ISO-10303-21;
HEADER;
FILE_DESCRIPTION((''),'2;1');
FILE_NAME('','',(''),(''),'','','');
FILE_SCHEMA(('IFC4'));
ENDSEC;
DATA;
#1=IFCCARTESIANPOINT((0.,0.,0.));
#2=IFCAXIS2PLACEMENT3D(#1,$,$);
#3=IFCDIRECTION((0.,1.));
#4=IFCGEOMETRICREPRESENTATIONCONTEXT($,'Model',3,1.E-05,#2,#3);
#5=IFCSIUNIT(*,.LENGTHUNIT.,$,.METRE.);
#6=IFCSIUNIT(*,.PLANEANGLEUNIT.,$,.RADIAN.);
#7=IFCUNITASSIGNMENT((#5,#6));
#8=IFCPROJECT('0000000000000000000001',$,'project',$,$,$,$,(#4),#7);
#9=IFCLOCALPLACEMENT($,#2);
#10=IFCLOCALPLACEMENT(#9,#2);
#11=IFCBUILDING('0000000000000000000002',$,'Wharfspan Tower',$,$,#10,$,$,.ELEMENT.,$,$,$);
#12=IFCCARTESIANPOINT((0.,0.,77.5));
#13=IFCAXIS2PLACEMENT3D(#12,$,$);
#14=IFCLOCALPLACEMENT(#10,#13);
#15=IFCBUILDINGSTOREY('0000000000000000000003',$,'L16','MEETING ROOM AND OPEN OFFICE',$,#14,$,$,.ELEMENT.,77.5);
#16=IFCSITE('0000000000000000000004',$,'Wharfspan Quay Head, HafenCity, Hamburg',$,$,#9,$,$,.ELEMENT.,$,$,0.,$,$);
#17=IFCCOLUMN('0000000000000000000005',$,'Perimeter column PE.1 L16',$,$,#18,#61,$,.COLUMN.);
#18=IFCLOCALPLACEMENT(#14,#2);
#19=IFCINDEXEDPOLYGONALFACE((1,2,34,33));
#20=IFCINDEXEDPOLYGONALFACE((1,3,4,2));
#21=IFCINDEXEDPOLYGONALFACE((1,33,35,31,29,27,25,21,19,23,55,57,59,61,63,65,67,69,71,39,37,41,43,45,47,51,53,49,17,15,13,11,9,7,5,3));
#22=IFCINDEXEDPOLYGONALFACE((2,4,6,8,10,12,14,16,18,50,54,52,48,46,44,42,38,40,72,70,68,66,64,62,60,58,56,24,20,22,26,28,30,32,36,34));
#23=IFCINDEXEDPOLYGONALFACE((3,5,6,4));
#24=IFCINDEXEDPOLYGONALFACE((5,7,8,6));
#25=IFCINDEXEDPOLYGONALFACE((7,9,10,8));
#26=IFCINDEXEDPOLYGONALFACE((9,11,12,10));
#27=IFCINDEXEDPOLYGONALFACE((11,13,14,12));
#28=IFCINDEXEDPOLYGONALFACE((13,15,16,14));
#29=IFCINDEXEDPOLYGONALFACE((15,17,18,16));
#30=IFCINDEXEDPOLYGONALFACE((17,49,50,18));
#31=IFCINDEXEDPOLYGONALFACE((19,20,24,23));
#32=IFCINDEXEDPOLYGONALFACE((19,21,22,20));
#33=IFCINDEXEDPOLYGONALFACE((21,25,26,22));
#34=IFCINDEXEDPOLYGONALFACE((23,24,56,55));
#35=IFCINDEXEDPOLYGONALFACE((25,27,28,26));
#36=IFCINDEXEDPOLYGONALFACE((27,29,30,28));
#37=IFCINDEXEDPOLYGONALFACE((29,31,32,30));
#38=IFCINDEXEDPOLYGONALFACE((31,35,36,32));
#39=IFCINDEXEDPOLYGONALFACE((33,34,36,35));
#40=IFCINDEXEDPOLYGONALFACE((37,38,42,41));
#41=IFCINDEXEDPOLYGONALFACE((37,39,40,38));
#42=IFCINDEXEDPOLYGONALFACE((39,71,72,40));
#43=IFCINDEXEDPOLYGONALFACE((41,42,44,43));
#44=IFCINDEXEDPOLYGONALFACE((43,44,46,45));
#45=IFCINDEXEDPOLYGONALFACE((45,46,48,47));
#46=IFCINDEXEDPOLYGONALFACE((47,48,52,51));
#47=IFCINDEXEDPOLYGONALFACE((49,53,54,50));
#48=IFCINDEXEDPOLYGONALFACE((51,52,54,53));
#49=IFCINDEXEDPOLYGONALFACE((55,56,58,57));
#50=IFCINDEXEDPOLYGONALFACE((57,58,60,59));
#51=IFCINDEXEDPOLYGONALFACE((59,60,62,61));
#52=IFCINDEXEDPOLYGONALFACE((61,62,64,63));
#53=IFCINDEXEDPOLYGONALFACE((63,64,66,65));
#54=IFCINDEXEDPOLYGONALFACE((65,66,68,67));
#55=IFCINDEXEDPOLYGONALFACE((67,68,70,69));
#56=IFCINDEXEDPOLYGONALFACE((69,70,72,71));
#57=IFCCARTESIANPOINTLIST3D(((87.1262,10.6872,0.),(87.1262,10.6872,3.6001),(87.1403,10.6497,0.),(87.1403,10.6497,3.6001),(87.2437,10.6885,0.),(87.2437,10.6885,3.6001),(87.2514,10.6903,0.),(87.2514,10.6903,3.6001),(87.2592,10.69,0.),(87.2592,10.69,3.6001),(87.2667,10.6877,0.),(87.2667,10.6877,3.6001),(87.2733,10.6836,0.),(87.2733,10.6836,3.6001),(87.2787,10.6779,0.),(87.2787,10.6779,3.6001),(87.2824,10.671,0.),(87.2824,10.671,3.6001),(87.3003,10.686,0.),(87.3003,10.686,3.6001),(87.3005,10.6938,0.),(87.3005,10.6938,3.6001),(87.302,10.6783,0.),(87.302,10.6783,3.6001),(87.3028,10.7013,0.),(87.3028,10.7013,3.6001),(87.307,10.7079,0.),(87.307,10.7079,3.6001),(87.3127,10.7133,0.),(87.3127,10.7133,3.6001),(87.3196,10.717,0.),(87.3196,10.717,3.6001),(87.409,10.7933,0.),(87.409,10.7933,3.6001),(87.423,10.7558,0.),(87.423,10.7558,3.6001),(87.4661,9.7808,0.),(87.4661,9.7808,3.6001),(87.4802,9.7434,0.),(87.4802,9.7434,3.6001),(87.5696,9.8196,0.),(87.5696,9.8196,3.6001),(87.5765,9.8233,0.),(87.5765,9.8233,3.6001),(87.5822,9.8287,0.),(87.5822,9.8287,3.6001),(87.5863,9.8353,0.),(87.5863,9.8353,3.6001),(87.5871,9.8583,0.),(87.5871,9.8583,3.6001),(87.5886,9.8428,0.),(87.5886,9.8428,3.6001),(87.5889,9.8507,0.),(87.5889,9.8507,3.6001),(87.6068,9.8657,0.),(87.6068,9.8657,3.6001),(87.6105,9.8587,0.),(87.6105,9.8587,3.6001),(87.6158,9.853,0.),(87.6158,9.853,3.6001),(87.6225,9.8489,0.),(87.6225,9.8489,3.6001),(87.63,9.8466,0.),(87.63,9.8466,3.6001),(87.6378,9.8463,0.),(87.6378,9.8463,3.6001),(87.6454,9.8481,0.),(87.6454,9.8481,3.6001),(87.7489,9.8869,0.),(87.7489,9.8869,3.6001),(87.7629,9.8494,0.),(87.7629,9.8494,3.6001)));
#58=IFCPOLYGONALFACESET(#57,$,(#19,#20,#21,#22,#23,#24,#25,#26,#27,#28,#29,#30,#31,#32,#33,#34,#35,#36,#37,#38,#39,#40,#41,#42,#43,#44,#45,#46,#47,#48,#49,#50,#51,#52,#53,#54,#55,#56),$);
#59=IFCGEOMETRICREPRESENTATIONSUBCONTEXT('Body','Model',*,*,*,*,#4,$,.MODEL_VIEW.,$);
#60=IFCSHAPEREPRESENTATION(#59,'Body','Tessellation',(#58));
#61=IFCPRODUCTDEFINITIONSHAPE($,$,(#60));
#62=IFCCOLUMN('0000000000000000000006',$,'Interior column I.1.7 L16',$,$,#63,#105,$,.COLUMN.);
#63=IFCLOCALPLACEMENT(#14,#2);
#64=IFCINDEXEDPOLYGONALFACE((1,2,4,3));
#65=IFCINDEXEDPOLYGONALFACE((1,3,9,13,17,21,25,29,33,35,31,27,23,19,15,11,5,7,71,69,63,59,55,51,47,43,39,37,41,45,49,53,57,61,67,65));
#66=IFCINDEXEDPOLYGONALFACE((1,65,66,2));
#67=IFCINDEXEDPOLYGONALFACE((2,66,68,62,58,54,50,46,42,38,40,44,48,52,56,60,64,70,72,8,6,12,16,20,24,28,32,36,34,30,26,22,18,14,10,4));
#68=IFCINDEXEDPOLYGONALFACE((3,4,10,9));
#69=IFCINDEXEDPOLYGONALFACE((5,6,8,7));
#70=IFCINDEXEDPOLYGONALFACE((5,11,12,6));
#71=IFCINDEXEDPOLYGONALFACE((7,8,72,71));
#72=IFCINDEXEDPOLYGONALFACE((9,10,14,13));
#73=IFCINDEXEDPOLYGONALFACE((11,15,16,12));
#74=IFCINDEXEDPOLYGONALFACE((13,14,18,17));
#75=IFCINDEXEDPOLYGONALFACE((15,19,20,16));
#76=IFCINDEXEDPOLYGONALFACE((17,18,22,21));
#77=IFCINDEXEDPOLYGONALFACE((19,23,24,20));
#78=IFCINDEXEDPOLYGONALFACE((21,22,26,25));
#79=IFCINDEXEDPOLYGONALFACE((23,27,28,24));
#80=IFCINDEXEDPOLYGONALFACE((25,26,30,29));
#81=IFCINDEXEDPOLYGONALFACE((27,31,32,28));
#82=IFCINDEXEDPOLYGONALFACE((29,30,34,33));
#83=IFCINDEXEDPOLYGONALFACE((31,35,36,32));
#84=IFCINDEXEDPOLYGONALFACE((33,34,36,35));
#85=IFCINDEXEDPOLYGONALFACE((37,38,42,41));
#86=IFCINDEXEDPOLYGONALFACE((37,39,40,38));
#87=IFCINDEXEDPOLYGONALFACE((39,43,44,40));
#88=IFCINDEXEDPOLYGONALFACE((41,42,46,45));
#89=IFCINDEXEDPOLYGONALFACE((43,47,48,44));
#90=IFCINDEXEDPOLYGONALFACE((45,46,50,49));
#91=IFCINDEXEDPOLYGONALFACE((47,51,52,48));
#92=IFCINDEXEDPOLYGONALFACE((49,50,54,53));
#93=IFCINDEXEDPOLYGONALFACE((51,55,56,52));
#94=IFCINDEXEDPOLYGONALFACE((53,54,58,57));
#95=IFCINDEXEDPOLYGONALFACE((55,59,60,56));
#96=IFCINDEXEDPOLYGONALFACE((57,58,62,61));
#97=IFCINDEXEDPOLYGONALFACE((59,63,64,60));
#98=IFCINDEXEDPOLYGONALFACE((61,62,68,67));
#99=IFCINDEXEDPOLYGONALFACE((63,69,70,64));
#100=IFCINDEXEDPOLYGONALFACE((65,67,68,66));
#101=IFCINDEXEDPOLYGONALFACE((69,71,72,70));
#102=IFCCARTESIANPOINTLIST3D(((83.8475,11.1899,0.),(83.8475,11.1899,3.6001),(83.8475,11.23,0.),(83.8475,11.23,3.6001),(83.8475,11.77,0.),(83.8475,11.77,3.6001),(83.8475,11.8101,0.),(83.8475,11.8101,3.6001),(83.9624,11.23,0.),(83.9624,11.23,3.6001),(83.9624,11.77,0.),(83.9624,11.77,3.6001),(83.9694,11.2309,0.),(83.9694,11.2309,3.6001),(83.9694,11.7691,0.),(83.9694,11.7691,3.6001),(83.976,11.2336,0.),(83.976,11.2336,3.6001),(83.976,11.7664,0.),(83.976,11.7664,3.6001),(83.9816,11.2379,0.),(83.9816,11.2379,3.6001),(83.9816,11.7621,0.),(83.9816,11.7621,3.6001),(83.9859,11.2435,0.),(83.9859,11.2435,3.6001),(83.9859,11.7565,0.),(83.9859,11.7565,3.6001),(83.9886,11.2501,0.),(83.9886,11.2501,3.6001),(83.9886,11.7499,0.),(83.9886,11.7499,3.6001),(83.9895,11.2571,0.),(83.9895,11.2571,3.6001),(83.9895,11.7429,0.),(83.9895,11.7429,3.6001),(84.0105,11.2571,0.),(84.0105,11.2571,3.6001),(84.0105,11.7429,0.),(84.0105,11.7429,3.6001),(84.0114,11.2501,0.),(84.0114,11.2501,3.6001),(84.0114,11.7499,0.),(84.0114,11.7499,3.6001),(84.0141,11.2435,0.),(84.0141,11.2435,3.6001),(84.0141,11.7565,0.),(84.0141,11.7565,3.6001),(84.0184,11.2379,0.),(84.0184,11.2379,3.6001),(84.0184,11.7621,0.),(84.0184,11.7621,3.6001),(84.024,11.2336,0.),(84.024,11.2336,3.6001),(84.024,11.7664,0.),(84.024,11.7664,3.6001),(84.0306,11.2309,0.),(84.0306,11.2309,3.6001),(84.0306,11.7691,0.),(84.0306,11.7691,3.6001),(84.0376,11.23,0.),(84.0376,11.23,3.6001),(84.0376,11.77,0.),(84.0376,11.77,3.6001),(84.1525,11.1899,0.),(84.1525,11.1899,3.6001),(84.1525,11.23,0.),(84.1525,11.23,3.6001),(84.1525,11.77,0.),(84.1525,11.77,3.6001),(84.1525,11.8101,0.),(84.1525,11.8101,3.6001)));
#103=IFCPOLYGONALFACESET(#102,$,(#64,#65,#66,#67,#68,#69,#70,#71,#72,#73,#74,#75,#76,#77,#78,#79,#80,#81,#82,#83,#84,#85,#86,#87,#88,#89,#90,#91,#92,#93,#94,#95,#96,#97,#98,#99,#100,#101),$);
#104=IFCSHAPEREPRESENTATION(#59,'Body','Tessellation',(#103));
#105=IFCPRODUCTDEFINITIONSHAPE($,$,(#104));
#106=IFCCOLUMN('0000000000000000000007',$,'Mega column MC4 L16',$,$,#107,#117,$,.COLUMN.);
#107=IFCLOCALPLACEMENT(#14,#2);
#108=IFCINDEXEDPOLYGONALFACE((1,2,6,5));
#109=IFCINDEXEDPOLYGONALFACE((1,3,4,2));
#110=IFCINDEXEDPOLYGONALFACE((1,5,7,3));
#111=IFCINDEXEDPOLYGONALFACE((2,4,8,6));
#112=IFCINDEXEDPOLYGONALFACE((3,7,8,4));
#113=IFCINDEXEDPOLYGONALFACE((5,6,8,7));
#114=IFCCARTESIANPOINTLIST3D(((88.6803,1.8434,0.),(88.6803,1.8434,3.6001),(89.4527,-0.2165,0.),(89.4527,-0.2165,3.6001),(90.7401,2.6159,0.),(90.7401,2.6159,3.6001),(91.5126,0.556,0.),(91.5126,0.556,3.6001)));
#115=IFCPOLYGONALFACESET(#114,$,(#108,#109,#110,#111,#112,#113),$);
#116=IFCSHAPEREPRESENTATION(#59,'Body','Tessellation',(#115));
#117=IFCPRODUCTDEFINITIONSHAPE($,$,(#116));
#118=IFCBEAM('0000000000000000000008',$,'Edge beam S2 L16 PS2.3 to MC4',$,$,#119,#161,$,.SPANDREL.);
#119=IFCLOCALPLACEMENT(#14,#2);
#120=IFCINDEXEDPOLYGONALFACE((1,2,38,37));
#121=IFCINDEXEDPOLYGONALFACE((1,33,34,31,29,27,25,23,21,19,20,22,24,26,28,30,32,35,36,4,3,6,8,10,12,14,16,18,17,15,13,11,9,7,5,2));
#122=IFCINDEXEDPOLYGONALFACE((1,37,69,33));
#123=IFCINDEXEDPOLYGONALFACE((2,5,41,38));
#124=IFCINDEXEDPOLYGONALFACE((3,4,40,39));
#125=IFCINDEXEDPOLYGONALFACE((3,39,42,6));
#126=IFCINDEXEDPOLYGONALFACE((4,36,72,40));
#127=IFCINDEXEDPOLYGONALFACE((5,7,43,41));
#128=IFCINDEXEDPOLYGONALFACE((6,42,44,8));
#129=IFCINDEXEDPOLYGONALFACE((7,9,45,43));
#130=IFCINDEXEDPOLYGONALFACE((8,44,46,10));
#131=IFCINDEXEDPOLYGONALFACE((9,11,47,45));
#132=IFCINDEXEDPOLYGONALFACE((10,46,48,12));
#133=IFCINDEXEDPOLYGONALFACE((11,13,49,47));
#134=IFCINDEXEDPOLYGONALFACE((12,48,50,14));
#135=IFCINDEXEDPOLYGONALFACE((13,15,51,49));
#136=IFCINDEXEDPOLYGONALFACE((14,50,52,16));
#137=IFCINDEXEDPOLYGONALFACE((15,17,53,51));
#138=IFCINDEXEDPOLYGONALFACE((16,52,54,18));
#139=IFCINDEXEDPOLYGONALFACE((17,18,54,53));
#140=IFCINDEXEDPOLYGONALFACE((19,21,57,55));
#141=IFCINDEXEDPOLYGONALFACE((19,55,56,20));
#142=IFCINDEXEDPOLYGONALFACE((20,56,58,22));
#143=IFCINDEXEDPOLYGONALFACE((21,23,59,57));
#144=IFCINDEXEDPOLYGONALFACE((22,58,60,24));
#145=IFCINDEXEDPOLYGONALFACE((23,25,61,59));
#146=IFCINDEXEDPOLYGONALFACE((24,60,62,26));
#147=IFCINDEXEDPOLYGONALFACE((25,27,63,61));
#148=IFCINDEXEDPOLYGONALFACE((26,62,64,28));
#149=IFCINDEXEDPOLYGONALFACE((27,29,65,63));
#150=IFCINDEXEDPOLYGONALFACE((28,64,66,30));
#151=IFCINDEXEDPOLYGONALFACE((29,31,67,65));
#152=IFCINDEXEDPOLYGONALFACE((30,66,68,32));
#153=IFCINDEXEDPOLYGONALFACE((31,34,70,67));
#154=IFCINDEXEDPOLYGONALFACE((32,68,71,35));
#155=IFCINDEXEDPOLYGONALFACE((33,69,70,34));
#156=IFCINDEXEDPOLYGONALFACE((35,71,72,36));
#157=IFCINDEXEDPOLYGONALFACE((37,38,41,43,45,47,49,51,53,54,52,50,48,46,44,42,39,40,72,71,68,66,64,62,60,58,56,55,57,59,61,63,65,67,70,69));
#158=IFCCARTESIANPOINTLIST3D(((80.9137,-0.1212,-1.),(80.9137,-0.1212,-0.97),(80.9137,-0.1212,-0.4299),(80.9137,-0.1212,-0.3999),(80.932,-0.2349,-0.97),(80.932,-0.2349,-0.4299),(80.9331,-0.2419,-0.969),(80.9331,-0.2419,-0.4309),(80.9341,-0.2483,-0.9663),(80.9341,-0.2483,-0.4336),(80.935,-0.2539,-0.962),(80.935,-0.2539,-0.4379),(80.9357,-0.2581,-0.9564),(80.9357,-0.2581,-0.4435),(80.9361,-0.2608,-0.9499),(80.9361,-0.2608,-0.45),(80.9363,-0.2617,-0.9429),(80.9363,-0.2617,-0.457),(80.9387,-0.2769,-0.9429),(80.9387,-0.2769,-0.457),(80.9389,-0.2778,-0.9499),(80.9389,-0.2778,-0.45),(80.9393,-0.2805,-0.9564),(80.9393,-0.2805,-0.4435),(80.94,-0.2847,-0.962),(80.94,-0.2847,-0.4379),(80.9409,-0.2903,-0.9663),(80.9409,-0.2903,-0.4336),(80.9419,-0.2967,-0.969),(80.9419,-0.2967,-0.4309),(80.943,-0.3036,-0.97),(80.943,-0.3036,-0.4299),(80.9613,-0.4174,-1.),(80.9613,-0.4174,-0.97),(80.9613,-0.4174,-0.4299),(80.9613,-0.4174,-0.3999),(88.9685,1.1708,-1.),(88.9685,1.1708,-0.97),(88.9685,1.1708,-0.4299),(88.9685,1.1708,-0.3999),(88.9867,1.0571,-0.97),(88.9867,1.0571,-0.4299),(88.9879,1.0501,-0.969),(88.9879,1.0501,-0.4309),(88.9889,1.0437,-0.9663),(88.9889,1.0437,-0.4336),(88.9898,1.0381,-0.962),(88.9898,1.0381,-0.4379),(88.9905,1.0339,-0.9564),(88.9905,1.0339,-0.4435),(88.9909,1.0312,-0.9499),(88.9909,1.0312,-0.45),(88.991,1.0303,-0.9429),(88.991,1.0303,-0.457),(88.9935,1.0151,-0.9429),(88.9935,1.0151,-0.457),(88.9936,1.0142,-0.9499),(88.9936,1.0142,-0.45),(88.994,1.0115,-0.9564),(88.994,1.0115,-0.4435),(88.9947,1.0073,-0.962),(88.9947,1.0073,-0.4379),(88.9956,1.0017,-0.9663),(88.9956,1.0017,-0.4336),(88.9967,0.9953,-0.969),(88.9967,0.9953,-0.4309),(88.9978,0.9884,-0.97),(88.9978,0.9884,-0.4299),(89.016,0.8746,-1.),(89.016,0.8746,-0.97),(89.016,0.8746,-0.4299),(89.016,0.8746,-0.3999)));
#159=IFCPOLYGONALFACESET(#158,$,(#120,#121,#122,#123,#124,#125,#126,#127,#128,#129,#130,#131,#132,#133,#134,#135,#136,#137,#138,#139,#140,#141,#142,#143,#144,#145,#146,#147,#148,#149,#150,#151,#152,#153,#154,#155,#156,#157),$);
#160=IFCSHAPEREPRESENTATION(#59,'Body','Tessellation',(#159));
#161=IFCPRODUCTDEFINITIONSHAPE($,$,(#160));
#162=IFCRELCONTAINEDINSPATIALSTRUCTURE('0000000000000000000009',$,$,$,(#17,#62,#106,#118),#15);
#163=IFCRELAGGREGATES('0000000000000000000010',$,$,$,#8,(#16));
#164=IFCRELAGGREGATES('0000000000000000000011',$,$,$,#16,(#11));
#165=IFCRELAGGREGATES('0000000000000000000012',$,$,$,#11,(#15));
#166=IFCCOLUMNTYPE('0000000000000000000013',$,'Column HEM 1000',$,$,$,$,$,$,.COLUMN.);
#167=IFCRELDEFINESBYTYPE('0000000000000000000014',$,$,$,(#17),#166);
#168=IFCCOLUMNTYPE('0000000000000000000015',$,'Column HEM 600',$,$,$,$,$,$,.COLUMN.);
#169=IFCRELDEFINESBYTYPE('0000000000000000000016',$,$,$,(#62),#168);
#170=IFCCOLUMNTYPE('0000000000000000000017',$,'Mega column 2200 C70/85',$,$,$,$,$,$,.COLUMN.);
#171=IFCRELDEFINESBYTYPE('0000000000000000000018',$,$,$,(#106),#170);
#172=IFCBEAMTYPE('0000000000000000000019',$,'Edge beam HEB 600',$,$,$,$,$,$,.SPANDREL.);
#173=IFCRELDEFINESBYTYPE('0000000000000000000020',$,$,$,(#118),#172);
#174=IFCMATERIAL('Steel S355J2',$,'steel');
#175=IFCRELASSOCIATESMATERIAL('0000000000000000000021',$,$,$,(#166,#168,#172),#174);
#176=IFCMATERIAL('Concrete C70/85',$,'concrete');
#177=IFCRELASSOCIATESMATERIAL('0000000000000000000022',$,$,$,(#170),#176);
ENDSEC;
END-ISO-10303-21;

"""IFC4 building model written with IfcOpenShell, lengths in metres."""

from ifc_helpers import new_model, si_unit, direction, frame, origin, origin_2d, place, context, subcontext, project, spatial, rectangle, i_section, extrude, material, material_profile, profile_set, type_object, element, save


model = new_model("IFC4")

# Units and contexts
model_context = context("Model", 3, precision=1e-05, world=origin(), true_north=direction((0.0, 1.0)))
body_context = subcontext(model_context, "Body", "Model", "MODEL_VIEW")
ifc_project = project(units=[si_unit("LENGTHUNIT", "METRE"), si_unit("PLANEANGLEUNIT", "RADIAN")], contexts=[model_context])

# Site, building, storey
site_placement = place(None, origin())
site = spatial("IfcSite", under=ifc_project, at=site_placement, Name="Wharfspan Quay Head, HafenCity, Hamburg", CompositionType="ELEMENT", RefElevation=0.0)
building_placement = place(site_placement, origin())
building = spatial("IfcBuilding", under=site, at=building_placement, Name="Wharfspan Tower", CompositionType="ELEMENT")
storey_placement = place(building_placement, frame((0.0, 0.0, 77.5)))
storey = spatial("IfcBuildingStorey", under=building, at=storey_placement, Name="L16", Description="MEETING ROOM AND OPEN OFFICE", CompositionType="ELEMENT", Elevation=77.5)

# Columns
ifc_material_1 = material(Name="Steel S355J2", Category="steel")
ifc_material_profile_1 = material_profile(ifc_material_1, i_section(OverallWidth=0.302, OverallDepth=1.0081, WebThickness=0.021, FlangeThickness=0.04, FilletRadius=0.03, at=origin_2d()))
ifc_profile_set_1 = profile_set([ifc_material_profile_1], Name="Steel S355J2")
column_type_1 = type_object("IfcColumnType", Name="Column HEM 1000", PredefinedType="COLUMN", material=ifc_profile_set_1)
column_1_placement = place(storey_placement, frame((87.4446, 10.2683, 0.0), z_axis=(0.0, 0.0, 1.0), x_axis=(0.936328, 0.351123, 0.0)))
element("IfcColumn", 1, at=column_1_placement, inside=storey, type_object=column_type_1, Name="Perimeter column PE.1 L16", PredefinedType="COLUMN", context=body_context, shape_type="SweptSolid", body=[
    extrude(i_section(OverallWidth=0.302, OverallDepth=1.0081, WebThickness=0.021, FlangeThickness=0.04, FilletRadius=0.03, at=origin_2d()), origin(), (0.0, 0.0, 1.0), 3.6001),
])
ifc_material_profile_2 = material_profile(ifc_material_1, i_section(OverallWidth=0.3049, OverallDepth=0.6201, WebThickness=0.021, FlangeThickness=0.04, FilletRadius=0.0271, at=origin_2d()))
ifc_profile_set_2 = profile_set([ifc_material_profile_2], Name="Steel S355J2")
column_type_2 = type_object("IfcColumnType", Name="Column HEM 600", PredefinedType="COLUMN", material=ifc_profile_set_2)
column_2_placement = place(storey_placement, frame((84.0, 11.5, 0.0), z_axis=(0.0, 0.0, 1.0), x_axis=(1.0, 0.0, 0.0)))
element("IfcColumn", 2, at=column_2_placement, inside=storey, type_object=column_type_2, Name="Interior column I.1.7 L16", PredefinedType="COLUMN", context=body_context, shape_type="SweptSolid", body=[
    extrude(i_section(OverallWidth=0.3049, OverallDepth=0.6201, WebThickness=0.021, FlangeThickness=0.04, FilletRadius=0.0271, at=origin_2d()), origin(), (0.0, 0.0, 1.0), 3.6001),
])
ifc_material_2 = material(Name="Concrete C70/85", Category="concrete")
ifc_material_profile_3 = material_profile(ifc_material_2, rectangle(XDim=2.2, YDim=2.2, at=origin_2d()))
ifc_profile_set_3 = profile_set([ifc_material_profile_3], Name="Concrete C70/85")
column_type_3 = type_object("IfcColumnType", Name="Mega column 2200 C70/85", PredefinedType="COLUMN", material=ifc_profile_set_3)
column_3_placement = place(storey_placement, frame((90.0964, 1.1997, 0.0), z_axis=(0.0, 0.0, 1.0), x_axis=(-0.351123, 0.936328, 0.0)))
element("IfcColumn", 3, at=column_3_placement, inside=storey, type_object=column_type_3, Name="Mega column MC4 L16", PredefinedType="COLUMN", context=body_context, shape_type="SweptSolid", body=[
    extrude(rectangle(XDim=2.2, YDim=2.2, at=origin_2d()), origin(), (0.0, 0.0, 1.0), 3.6001),
])

# Beam
ifc_material_profile_4 = material_profile(ifc_material_1, i_section(OverallWidth=0.3, OverallDepth=0.6001, WebThickness=0.0154, FlangeThickness=0.03, FilletRadius=0.0271, at=origin_2d()))
ifc_profile_set_4 = profile_set([ifc_material_profile_4], Name="Steel S355J2")
beam_type = type_object("IfcBeamType", Name="Edge beam HEB 600", PredefinedType="SPANDREL", material=ifc_profile_set_4)
beam_1_placement = place(storey_placement, frame((80.9375, -0.2693, -0.7), z_axis=(0.987379, 0.158378, 0.0), x_axis=(-0.158378, 0.987379, 0.0)))
element("IfcBeam", 4, at=beam_1_placement, inside=storey, type_object=beam_type, Name="Edge beam S2 L16 PS2.3 to MC4", PredefinedType="SPANDREL", context=body_context, shape_type="SweptSolid", body=[
    extrude(i_section(OverallWidth=0.3, OverallDepth=0.6001, WebThickness=0.0154, FlangeThickness=0.03, FilletRadius=0.0271, at=origin_2d()), origin(), (0.0, 0.0, 1.0), 8.1577),
])

save(model, "model.ifc")
